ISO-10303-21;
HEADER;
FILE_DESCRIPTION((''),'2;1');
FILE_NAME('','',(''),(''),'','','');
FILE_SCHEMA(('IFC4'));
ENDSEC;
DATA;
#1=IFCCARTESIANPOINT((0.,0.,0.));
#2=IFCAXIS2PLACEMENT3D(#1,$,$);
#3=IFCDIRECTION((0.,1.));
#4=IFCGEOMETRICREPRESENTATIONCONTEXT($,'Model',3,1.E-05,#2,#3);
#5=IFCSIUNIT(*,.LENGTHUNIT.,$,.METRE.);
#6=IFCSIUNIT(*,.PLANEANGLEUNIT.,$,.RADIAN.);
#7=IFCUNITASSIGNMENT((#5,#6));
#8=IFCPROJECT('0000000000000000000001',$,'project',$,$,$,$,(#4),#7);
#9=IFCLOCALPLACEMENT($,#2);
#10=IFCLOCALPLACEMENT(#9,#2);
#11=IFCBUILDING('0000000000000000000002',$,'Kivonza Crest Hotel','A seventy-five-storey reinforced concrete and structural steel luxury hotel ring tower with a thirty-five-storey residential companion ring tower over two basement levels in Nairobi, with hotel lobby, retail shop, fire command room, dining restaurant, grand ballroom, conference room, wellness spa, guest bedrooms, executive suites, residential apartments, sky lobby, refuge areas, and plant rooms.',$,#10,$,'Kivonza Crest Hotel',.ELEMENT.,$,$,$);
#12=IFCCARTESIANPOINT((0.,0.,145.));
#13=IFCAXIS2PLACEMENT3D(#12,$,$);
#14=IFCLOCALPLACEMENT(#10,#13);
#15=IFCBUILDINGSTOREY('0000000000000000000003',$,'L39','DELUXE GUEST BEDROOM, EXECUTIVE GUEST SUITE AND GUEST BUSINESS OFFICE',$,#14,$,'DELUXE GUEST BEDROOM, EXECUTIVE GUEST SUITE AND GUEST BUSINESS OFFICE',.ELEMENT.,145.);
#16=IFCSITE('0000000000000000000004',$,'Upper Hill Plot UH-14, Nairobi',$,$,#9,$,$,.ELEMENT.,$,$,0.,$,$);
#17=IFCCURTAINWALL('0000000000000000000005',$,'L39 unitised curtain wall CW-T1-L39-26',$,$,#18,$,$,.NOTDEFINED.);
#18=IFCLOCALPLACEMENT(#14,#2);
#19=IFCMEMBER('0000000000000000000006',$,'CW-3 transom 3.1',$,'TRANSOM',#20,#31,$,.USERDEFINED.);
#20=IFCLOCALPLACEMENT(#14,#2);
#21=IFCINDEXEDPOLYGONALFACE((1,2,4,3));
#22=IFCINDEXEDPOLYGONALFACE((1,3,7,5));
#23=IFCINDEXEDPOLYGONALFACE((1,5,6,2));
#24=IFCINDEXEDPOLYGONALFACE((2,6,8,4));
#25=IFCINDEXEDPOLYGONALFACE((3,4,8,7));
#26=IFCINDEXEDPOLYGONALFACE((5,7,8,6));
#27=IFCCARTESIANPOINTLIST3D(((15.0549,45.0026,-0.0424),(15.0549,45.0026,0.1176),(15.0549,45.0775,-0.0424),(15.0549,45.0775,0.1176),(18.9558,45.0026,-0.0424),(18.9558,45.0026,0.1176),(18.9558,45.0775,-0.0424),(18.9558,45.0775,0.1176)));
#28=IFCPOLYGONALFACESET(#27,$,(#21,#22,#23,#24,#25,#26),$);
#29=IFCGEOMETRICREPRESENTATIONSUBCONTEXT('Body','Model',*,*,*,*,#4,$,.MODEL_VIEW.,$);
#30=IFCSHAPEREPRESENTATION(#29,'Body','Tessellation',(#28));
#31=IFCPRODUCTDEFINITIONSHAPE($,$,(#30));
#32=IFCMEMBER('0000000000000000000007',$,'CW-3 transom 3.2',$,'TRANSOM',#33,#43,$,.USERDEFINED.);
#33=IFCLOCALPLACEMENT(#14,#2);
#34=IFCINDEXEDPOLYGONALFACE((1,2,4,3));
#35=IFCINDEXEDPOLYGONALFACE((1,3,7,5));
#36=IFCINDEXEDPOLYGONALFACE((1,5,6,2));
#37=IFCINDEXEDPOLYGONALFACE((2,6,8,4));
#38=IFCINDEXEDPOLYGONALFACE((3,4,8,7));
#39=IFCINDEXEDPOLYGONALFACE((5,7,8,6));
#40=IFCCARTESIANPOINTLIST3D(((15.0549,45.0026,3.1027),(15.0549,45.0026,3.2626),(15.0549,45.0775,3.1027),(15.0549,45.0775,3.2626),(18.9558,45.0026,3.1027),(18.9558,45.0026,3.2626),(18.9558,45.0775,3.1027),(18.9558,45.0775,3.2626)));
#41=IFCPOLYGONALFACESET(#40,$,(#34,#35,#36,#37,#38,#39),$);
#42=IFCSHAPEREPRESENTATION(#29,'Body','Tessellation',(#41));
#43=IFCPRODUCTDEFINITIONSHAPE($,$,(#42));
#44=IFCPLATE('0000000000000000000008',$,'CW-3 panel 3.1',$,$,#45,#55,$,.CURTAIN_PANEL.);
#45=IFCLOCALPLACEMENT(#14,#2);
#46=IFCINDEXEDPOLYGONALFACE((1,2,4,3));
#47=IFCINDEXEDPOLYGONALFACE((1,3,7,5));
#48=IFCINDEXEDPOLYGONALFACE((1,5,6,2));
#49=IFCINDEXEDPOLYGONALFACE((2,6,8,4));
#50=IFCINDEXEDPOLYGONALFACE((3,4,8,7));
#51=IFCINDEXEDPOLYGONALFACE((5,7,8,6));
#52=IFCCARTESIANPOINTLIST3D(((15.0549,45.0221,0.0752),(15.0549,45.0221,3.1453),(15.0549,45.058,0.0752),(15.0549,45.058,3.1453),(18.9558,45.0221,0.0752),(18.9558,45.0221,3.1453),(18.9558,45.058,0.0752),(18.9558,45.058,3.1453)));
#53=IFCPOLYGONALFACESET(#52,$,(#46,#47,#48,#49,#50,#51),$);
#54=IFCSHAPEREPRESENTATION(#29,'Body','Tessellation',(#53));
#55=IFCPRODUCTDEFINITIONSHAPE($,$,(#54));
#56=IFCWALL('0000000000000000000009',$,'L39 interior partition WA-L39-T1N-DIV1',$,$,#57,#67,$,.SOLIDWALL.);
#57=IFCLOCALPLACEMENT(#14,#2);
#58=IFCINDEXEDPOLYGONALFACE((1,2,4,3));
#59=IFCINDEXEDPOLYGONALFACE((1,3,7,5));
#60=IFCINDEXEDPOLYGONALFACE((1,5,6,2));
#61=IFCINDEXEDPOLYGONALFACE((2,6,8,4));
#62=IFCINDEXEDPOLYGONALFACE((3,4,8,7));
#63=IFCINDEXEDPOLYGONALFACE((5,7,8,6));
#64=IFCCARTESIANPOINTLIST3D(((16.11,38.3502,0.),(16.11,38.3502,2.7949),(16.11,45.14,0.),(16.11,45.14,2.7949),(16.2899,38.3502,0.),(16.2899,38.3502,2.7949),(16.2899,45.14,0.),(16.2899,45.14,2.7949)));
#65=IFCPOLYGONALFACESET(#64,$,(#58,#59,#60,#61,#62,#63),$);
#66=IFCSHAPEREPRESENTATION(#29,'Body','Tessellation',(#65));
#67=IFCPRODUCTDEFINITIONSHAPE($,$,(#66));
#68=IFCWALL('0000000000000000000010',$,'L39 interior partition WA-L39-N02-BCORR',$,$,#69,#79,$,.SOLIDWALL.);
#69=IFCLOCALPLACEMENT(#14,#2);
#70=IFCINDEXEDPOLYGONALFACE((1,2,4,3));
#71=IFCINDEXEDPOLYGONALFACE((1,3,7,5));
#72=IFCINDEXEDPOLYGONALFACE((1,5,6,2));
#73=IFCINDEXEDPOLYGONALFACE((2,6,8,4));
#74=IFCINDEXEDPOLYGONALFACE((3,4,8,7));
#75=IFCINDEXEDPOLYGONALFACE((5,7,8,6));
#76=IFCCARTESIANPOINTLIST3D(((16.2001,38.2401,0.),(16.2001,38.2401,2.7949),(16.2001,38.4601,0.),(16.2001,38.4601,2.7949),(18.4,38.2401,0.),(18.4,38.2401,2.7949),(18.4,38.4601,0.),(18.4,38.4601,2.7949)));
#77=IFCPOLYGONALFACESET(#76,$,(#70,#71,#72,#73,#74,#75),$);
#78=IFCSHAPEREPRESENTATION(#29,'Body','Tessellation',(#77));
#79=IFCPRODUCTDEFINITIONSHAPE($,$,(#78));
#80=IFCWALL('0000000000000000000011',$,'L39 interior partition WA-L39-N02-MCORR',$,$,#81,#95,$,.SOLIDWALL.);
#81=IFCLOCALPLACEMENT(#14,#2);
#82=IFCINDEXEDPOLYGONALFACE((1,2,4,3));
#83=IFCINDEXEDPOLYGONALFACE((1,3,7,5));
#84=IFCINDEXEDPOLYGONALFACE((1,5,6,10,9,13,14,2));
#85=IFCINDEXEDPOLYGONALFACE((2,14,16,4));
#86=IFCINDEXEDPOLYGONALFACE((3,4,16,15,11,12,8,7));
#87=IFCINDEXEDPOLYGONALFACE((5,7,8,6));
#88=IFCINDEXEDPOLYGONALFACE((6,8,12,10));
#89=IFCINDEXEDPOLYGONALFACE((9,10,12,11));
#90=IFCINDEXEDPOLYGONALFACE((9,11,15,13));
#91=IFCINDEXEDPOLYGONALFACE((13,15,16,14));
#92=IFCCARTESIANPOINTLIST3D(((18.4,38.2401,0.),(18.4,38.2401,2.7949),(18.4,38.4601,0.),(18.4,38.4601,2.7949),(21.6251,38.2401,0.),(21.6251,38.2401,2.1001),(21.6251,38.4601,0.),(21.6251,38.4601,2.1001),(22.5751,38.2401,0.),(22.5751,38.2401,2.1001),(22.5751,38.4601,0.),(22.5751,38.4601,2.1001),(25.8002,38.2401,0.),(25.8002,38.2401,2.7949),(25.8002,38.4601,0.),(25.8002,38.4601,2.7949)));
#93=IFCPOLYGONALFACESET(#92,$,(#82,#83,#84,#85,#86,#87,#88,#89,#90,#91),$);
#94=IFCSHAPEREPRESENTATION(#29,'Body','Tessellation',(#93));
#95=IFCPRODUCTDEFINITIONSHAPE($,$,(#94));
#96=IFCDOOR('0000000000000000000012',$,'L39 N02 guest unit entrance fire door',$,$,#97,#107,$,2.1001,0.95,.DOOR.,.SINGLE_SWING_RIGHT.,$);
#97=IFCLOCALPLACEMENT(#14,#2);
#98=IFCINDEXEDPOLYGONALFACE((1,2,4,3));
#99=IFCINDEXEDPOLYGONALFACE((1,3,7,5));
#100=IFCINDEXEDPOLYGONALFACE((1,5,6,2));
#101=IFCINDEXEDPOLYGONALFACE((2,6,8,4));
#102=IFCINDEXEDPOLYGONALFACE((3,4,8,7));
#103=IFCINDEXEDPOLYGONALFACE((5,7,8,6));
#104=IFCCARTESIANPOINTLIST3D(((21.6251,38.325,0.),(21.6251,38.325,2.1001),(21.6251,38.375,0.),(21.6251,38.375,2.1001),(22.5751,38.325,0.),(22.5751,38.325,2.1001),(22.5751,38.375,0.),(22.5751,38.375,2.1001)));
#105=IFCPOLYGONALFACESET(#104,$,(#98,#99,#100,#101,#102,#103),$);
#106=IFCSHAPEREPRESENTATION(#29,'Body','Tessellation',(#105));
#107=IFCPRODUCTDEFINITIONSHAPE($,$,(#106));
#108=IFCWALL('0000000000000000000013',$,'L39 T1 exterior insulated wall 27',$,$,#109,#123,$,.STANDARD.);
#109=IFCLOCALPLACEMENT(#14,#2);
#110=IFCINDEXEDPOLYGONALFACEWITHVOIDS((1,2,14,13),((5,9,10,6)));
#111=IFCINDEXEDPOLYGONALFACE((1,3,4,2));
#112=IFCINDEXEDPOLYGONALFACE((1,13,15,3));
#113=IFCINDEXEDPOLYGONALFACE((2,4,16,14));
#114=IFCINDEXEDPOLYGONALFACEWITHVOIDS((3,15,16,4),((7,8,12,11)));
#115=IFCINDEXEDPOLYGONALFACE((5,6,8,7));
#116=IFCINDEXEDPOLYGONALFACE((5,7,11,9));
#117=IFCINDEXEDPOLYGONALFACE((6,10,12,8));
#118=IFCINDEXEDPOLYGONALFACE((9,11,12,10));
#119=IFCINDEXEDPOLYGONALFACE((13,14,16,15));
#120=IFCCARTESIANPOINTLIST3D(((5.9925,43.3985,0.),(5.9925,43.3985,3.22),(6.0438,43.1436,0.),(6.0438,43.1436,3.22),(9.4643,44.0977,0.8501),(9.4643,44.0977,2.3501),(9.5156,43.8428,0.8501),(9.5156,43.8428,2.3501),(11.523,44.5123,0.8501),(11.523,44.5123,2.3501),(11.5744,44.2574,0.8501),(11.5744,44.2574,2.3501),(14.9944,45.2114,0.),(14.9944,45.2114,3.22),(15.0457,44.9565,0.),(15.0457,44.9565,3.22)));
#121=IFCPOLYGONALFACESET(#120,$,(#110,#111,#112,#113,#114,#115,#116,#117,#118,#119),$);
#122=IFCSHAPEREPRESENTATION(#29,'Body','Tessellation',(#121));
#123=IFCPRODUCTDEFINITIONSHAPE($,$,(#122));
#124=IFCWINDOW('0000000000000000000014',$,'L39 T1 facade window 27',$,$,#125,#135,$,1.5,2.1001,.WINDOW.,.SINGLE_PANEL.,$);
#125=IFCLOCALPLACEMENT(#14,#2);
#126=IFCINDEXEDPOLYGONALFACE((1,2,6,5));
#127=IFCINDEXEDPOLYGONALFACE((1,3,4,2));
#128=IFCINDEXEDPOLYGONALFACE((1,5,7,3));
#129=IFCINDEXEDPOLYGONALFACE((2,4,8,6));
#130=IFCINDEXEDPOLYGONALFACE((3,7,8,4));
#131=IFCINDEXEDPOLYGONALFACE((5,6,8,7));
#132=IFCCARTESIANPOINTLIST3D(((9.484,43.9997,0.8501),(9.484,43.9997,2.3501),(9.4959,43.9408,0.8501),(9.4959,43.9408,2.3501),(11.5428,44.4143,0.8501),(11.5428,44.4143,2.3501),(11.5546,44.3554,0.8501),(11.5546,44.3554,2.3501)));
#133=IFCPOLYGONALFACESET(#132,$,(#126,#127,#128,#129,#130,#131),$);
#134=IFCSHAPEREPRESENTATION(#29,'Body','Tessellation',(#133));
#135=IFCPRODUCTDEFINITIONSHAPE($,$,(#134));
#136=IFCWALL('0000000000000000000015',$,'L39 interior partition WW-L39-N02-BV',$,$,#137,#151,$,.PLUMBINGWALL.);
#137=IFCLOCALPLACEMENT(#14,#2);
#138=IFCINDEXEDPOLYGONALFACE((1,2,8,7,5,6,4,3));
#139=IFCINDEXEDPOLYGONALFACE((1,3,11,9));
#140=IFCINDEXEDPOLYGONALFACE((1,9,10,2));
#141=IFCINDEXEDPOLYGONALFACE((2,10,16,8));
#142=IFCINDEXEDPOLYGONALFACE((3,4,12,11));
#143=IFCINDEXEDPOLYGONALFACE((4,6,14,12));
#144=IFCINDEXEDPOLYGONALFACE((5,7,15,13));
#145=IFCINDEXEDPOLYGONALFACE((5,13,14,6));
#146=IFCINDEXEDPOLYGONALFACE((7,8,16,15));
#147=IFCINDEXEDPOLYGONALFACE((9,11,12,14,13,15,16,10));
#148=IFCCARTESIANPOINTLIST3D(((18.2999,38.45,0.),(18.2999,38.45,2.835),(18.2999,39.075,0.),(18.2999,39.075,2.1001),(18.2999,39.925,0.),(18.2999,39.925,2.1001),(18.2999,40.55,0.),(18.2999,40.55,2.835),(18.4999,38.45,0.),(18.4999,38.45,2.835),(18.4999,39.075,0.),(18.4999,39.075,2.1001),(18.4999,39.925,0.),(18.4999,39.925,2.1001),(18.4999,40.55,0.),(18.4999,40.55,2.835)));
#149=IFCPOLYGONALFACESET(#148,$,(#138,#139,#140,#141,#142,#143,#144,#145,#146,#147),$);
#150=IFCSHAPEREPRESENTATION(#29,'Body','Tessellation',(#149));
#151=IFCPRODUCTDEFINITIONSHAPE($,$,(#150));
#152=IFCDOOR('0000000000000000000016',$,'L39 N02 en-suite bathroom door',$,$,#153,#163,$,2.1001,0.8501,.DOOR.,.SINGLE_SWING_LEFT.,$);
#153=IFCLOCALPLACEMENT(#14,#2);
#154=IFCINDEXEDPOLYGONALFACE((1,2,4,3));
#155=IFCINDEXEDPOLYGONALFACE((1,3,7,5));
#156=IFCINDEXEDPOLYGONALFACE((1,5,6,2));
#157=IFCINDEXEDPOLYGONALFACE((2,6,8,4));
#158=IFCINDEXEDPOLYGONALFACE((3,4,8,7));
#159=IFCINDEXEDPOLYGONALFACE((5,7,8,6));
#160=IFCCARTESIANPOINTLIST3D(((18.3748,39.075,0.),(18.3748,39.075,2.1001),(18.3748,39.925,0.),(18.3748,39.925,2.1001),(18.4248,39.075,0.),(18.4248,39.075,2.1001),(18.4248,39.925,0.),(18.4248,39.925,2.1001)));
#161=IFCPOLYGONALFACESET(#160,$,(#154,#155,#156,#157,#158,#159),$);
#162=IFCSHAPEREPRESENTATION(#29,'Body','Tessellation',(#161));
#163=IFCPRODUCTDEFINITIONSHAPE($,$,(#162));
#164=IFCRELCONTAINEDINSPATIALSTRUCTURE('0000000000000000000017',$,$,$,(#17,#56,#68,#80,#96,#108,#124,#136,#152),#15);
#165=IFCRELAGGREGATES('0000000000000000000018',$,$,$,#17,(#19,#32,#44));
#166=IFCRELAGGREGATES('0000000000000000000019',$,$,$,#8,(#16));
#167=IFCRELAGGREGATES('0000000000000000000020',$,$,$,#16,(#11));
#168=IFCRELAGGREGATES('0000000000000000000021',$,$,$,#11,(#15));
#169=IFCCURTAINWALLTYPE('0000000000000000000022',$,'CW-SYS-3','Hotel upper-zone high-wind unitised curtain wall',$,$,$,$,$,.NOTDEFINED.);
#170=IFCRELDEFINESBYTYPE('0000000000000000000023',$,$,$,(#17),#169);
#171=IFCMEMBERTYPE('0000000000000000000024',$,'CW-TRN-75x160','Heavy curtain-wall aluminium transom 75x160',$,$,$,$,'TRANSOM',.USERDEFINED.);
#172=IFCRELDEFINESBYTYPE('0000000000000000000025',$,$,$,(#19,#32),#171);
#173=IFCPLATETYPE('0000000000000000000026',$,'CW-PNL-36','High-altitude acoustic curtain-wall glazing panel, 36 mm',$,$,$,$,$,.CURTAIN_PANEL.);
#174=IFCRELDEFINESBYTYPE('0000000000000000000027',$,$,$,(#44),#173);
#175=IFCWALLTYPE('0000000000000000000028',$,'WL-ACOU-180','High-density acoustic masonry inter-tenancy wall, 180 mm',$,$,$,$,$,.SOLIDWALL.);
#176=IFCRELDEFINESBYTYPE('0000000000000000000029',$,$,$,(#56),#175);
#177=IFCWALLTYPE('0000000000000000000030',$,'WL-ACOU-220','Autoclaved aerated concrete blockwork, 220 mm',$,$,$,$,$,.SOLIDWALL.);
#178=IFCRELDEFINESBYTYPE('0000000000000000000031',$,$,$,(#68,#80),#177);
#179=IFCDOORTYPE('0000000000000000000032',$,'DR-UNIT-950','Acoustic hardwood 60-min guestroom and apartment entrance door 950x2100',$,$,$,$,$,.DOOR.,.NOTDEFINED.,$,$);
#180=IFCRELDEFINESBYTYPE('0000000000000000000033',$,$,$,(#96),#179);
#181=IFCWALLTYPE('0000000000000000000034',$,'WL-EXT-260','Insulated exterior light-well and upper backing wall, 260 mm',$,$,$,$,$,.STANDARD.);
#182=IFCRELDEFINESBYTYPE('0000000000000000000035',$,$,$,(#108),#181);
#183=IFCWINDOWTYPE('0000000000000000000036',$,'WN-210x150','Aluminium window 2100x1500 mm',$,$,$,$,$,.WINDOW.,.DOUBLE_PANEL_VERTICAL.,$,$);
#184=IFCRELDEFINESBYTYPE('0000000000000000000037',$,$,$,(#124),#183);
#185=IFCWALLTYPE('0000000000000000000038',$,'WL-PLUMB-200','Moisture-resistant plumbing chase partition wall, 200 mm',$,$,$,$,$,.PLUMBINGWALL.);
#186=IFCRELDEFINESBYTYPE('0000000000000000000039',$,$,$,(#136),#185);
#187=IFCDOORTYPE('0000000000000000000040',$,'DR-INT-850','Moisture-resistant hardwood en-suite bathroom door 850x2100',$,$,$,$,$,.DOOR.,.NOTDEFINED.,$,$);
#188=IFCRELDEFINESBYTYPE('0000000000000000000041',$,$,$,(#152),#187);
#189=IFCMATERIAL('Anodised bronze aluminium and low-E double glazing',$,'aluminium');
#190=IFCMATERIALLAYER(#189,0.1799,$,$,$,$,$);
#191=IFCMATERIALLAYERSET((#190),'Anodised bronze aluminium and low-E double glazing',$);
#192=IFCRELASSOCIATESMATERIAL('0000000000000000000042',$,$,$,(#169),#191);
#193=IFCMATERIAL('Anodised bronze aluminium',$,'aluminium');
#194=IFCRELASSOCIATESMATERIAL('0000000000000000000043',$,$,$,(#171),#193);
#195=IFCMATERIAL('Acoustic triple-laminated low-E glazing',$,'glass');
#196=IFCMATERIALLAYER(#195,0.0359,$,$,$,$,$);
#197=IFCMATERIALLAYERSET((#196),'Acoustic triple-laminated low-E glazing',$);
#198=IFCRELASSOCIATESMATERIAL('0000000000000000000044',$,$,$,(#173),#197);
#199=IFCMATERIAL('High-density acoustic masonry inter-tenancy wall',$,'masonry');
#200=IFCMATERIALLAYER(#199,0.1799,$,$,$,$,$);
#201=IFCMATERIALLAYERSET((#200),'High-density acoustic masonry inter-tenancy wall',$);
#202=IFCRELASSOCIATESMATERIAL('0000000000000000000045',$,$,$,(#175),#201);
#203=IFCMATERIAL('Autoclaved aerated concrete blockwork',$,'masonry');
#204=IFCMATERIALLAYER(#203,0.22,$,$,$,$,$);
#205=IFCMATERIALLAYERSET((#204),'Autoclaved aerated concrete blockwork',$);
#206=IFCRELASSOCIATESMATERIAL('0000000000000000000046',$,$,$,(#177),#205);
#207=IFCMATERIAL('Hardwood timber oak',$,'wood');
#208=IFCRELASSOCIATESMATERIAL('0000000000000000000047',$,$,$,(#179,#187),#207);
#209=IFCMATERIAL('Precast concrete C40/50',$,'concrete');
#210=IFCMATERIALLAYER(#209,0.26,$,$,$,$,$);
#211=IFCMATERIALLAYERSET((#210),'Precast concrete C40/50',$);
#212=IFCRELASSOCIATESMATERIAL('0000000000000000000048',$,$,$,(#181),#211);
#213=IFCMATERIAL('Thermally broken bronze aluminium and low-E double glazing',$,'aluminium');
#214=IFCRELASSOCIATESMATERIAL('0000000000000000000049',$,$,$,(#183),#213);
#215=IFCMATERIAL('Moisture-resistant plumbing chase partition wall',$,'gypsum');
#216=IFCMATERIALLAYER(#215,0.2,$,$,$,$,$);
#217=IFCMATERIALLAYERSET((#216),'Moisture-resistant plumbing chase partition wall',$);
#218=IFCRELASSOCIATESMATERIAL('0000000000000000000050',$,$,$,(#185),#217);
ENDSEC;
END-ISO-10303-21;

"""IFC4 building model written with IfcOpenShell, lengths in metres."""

from ifc_helpers import new_model, si_unit, direction, frame, frame_2d, origin, origin_2d, place, context, subcontext, project, spatial, rectangle, extrude, material, layer, layer_set, material_profile, profile_set, type_object, element, fill, aggregate, save


model = new_model("IFC4")

# Units and contexts
model_context = context("Model", 3, precision=1e-05, world=origin(), true_north=direction((0.0, 1.0)))
body_context = subcontext(model_context, "Body", "Model", "MODEL_VIEW")
ifc_project = project(units=[si_unit("LENGTHUNIT", "METRE"), si_unit("PLANEANGLEUNIT", "RADIAN")], contexts=[model_context])

# Site, building, storey
site_placement = place(None, origin())
site = spatial("IfcSite", under=ifc_project, at=site_placement, Name="Upper Hill Plot UH-14, Nairobi", CompositionType="ELEMENT", RefElevation=0.0)
building_placement = place(site_placement, origin())
building = spatial("IfcBuilding", under=site, at=building_placement, Name="Kivonza Crest Hotel", Description="A seventy-five-storey reinforced concrete and structural steel luxury hotel ring tower with a thirty-five-storey residential companion ring tower over two basement levels in Nairobi, with hotel lobby, retail shop, fire command room, dining restaurant, grand ballroom, conference room, wellness spa, guest bedrooms, executive suites, residential apartments, sky lobby, refuge areas, and plant rooms.", LongName="Kivonza Crest Hotel", CompositionType="ELEMENT")
storey_placement = place(building_placement, frame((0.0, 0.0, 145.0)))
storey = spatial("IfcBuildingStorey", under=building, at=storey_placement, Name="L39", Description="DELUXE GUEST BEDROOM, EXECUTIVE GUEST SUITE AND GUEST BUSINESS OFFICE", LongName="DELUXE GUEST BEDROOM, EXECUTIVE GUEST SUITE AND GUEST BUSINESS OFFICE", CompositionType="ELEMENT", Elevation=145.0)

# Curtain wall, members, plate
ifc_material_1 = material(Name="Anodised bronze aluminium and low-E double glazing", Category="aluminium")
ifc_layer_1 = layer(ifc_material_1, 0.1799)
ifc_layer_set_1 = layer_set([ifc_layer_1], Name="Anodised bronze aluminium and low-E double glazing")
curtain_wall_type = type_object("IfcCurtainWallType", Name="CW-SYS-3", Description="Hotel upper-zone high-wind unitised curtain wall", PredefinedType="NOTDEFINED", material=ifc_layer_set_1)
curtain_wall_placement = place(storey_placement, origin())
curtain_wall = element("IfcCurtainWall", 1, at=curtain_wall_placement, inside=storey, type_object=curtain_wall_type, Name="L39 unitised curtain wall CW-T1-L39-26", PredefinedType="NOTDEFINED")
ifc_material_2 = material(Name="Anodised bronze aluminium", Category="aluminium")
ifc_material_profile_1 = material_profile(ifc_material_2, rectangle(XDim=0.075, YDim=0.1599, at=origin_2d()), Name="CW-T 75x160")
ifc_profile_set_1 = profile_set([ifc_material_profile_1], Name="Anodised bronze aluminium")
member_type_1 = type_object("IfcMemberType", Name="CW-TRN-75x160", Description="Heavy curtain-wall aluminium transom 75x160", ElementType="TRANSOM", PredefinedType="USERDEFINED", material=ifc_profile_set_1)
member_1_placement = place(storey_placement, frame((18.9558, 45.04, 0.0376), z_axis=(-1.0, 0.0, 0.0), x_axis=(0.0, -1.0, 0.0)))
member_1 = element("IfcMember", 2, at=member_1_placement, type_object=member_type_1, Name="CW-3 transom 3.1", ObjectType="TRANSOM", PredefinedType="USERDEFINED", context=body_context, shape_type="SweptSolid", body=[
    extrude(rectangle(XDim=0.075, YDim=0.1599, at=origin_2d()), origin(), (0.0, 0.0, 1.0), 3.9009),
])
member_2_placement = place(storey_placement, frame((18.9558, 45.04, 3.1826), z_axis=(-1.0, 0.0, 0.0), x_axis=(0.0, -1.0, 0.0)))
member_2 = element("IfcMember", 3, at=member_2_placement, type_object=member_type_1, Name="CW-3 transom 3.2", ObjectType="TRANSOM", PredefinedType="USERDEFINED", context=body_context, shape_type="SweptSolid", body=[
    extrude(rectangle(XDim=0.075, YDim=0.1599, at=origin_2d()), origin(), (0.0, 0.0, 1.0), 3.9009),
])
ifc_material_3 = material(Name="Acoustic triple-laminated low-E glazing", Category="glass")
ifc_layer_2 = layer(ifc_material_3, 0.0359)
ifc_layer_set_2 = layer_set([ifc_layer_2], Name="Acoustic triple-laminated low-E glazing")
plate_type = type_object("IfcPlateType", Name="CW-PNL-36", Description="High-altitude acoustic curtain-wall glazing panel, 36 mm", PredefinedType="CURTAIN_PANEL", material=ifc_layer_set_2)
plate_placement = place(storey_placement, frame((17.0054, 45.04, 0.0752), z_axis=(0.0, 0.0, 1.0), x_axis=(-1.0, 0.0, 0.0)))
plate = element("IfcPlate", 4, at=plate_placement, type_object=plate_type, Name="CW-3 panel 3.1", PredefinedType="CURTAIN_PANEL", context=body_context, shape_type="SweptSolid", body=[
    extrude(rectangle(XDim=3.9009, YDim=0.0359, at=origin_2d()), origin(), (0.0, 0.0, 1.0), 3.0701),
])
aggregate(curtain_wall, [member_1, member_2, plate])

# Walls
ifc_material_4 = material(Name="High-density acoustic masonry inter-tenancy wall", Category="masonry")
ifc_layer_3 = layer(ifc_material_4, 0.1799)
ifc_layer_set_3 = layer_set([ifc_layer_3], Name="High-density acoustic masonry inter-tenancy wall")
wall_type_1 = type_object("IfcWallType", Name="WL-ACOU-180", Description="High-density acoustic masonry inter-tenancy wall, 180 mm", PredefinedType="SOLIDWALL", material=ifc_layer_set_3)
wall_1_placement = place(storey_placement, frame((16.2, 38.3501, 0.0), z_axis=(0.0, 0.0, 1.0), x_axis=(0.0, 1.0, 0.0)))
element("IfcWall", 5, at=wall_1_placement, inside=storey, type_object=wall_type_1, Name="L39 interior partition WA-L39-T1N-DIV1", PredefinedType="SOLIDWALL", context=body_context, shape_type="SweptSolid", body=[
    extrude(rectangle(XDim=6.7898, YDim=0.1799, at=frame_2d((3.395, 0.0))), origin(), (0.0, 0.0, 1.0), 2.7949),
])
ifc_material_5 = material(Name="Autoclaved aerated concrete blockwork", Category="masonry")
ifc_layer_4 = layer(ifc_material_5, 0.22)
ifc_layer_set_4 = layer_set([ifc_layer_4], Name="Autoclaved aerated concrete blockwork")
wall_type_2 = type_object("IfcWallType", Name="WL-ACOU-220", Description="Autoclaved aerated concrete blockwork, 220 mm", PredefinedType="SOLIDWALL", material=ifc_layer_set_4)
wall_2_placement = place(storey_placement, frame((16.2, 38.3501, 0.0), z_axis=(0.0, 0.0, 1.0), x_axis=(1.0, 0.0, 0.0)))
element("IfcWall", 6, at=wall_2_placement, inside=storey, type_object=wall_type_2, Name="L39 interior partition WA-L39-N02-BCORR", PredefinedType="SOLIDWALL", context=body_context, shape_type="SweptSolid", body=[
    extrude(rectangle(XDim=2.2, YDim=0.22, at=frame_2d((1.1001, 0.0))), origin(), (0.0, 0.0, 1.0), 2.7949),
])

# Wall, opening, door
wall_3_placement = place(storey_placement, frame((18.3999, 38.3501, 0.0), z_axis=(0.0, 0.0, 1.0), x_axis=(1.0, 0.0, 0.0)))
wall_3 = element("IfcWall", 7, at=wall_3_placement, inside=storey, type_object=wall_type_2, Name="L39 interior partition WA-L39-N02-MCORR", PredefinedType="SOLIDWALL", context=body_context, shape_type="SweptSolid", body=[
    extrude(rectangle(XDim=7.4001, YDim=0.22, at=frame_2d((3.7002, 0.0))), origin(), (0.0, 0.0, 1.0), 2.7949),
])
opening_1_placement = place(wall_3_placement, frame((3.2251, 0.0, 0.0)))
opening_1 = element("IfcOpeningElement", 8, at=opening_1_placement, cuts=wall_3, PredefinedType="OPENING", context=body_context, shape_type="SweptSolid", body=[
    extrude(rectangle(XDim=0.95, YDim=2.1001, at=frame_2d((0.4751, 1.05))), frame((0.0, 0.1201, 0.0), z_axis=(0.0, -1.0, 0.0), x_axis=(1.0, 0.0, 0.0)), (0.0, 0.0, 1.0), 0.24),
])
ifc_material_6 = material(Name="Hardwood timber oak", Category="wood")
door_type_1 = type_object("IfcDoorType", Name="DR-UNIT-950", Description="Acoustic hardwood 60-min guestroom and apartment entrance door 950x2100", OperationType="NOTDEFINED", PredefinedType="DOOR", material=ifc_material_6)
door_1_placement = place(opening_1_placement, origin())
door_1 = element("IfcDoor", 9, at=door_1_placement, inside=storey, type_object=door_type_1, Name="L39 N02 guest unit entrance fire door", OperationType="SINGLE_SWING_RIGHT", OverallHeight=2.1001, OverallWidth=0.95, PredefinedType="DOOR", context=body_context, shape_type="SweptSolid", body=[
    extrude(rectangle(XDim=0.95, YDim=2.1001, at=frame_2d((0.4751, 1.05))), frame((0.0, 0.0249, 0.0), z_axis=(0.0, -1.0, 0.0), x_axis=(1.0, 0.0, 0.0)), (0.0, 0.0, 1.0), 0.05),
])
fill(opening_1, door_1)

# Wall, opening, window
ifc_material_7 = material(Name="Precast concrete C40/50", Category="concrete")
ifc_layer_5 = layer(ifc_material_7, 0.26)
ifc_layer_set_5 = layer_set([ifc_layer_5], Name="Precast concrete C40/50")
wall_type_3 = type_object("IfcWallType", Name="WL-EXT-260", Description="Insulated exterior light-well and upper backing wall, 260 mm", PredefinedType="STANDARD", material=ifc_layer_set_5)
wall_4_placement = place(storey_placement, frame((15.02, 45.084, 0.0), z_axis=(0.0, 0.0, 1.0), x_axis=(-0.980316, -0.197435, 0.0)))
wall_4 = element("IfcWall", 10, at=wall_4_placement, inside=storey, type_object=wall_type_3, Name="L39 T1 exterior insulated wall 27", PredefinedType="STANDARD", context=body_context, shape_type="SweptSolid", body=[
    extrude(rectangle(XDim=9.1826, YDim=0.26, at=frame_2d((4.5913, 0.0))), origin(), (0.0, 0.0, 1.0), 3.22),
])
opening_2_placement = place(wall_4_placement, frame((3.541, 0.0, 0.8501)))
opening_2 = element("IfcOpeningElement", 11, at=opening_2_placement, cuts=wall_4, PredefinedType="OPENING", context=body_context, shape_type="SweptSolid", body=[
    extrude(rectangle(XDim=2.1001, YDim=1.5, at=frame_2d((1.05, 0.75))), frame((0.0, 0.1401, 0.0), z_axis=(0.0, -1.0, 0.0), x_axis=(1.0, 0.0, 0.0)), (0.0, 0.0, 1.0), 0.28),
])
ifc_material_8 = material(Name="Thermally broken bronze aluminium and low-E double glazing", Category="aluminium")
window_type = type_object("IfcWindowType", Name="WN-210x150", Description="Aluminium window 2100x1500 mm", PartitioningType="DOUBLE_PANEL_VERTICAL", PredefinedType="WINDOW", material=ifc_material_8)
window_placement = place(opening_2_placement, origin())
window = element("IfcWindow", 12, at=window_placement, inside=storey, type_object=window_type, Name="L39 T1 facade window 27", OverallHeight=1.5, OverallWidth=2.1001, PartitioningType="SINGLE_PANEL", PredefinedType="WINDOW", context=body_context, shape_type="SweptSolid", body=[
    extrude(rectangle(XDim=2.1001, YDim=1.5, at=frame_2d((1.05, 0.75))), frame((0.0, 0.03, 0.0), z_axis=(0.0, -1.0, 0.0), x_axis=(1.0, 0.0, 0.0)), (0.0, 0.0, 1.0), 0.0601),
])
fill(opening_2, window)

# Wall, opening, door
ifc_material_9 = material(Name="Moisture-resistant plumbing chase partition wall", Category="gypsum")
ifc_layer_6 = layer(ifc_material_9, 0.2)
ifc_layer_set_6 = layer_set([ifc_layer_6], Name="Moisture-resistant plumbing chase partition wall")
wall_type_4 = type_object("IfcWallType", Name="WL-PLUMB-200", Description="Moisture-resistant plumbing chase partition wall, 200 mm", PredefinedType="PLUMBINGWALL", material=ifc_layer_set_6)
wall_5_placement = place(storey_placement, frame((18.3999, 38.45, 0.0), z_axis=(0.0, 0.0, 1.0), x_axis=(0.0, 1.0, 0.0)))
wall_5 = element("IfcWall", 13, at=wall_5_placement, inside=storey, type_object=wall_type_4, Name="L39 interior partition WW-L39-N02-BV", PredefinedType="PLUMBINGWALL", context=body_context, shape_type="SweptSolid", body=[
    extrude(rectangle(XDim=2.1001, YDim=0.2, at=frame_2d((1.05, 0.0))), origin(), (0.0, 0.0, 1.0), 2.835),
])
opening_3_placement = place(wall_5_placement, frame((0.625, 0.0, 0.0)))
opening_3 = element("IfcOpeningElement", 14, at=opening_3_placement, cuts=wall_5, PredefinedType="OPENING", context=body_context, shape_type="SweptSolid", body=[
    extrude(rectangle(XDim=0.8501, YDim=2.1001, at=frame_2d((0.425, 1.05))), frame((0.0, 0.1099, 0.0), z_axis=(0.0, -1.0, 0.0), x_axis=(1.0, 0.0, 0.0)), (0.0, 0.0, 1.0), 0.22),
])
door_type_2 = type_object("IfcDoorType", Name="DR-INT-850", Description="Moisture-resistant hardwood en-suite bathroom door 850x2100", OperationType="NOTDEFINED", PredefinedType="DOOR", material=ifc_material_6)
door_2_placement = place(opening_3_placement, frame((0.8501, 0.0, 0.0), z_axis=(0.0, 0.0, 1.0), x_axis=(-1.0, 0.0, 0.0)))
door_2 = element("IfcDoor", 15, at=door_2_placement, inside=storey, type_object=door_type_2, Name="L39 N02 en-suite bathroom door", OperationType="SINGLE_SWING_LEFT", OverallHeight=2.1001, OverallWidth=0.8501, PredefinedType="DOOR", context=body_context, shape_type="SweptSolid", body=[
    extrude(rectangle(XDim=0.8501, YDim=2.1001, at=frame_2d((0.425, 1.05))), frame((0.0, 0.0249, 0.0), z_axis=(0.0, -1.0, 0.0), x_axis=(1.0, 0.0, 0.0)), (0.0, 0.0, 1.0), 0.05),
])
fill(opening_3, door_2)

save(model, "model.ifc")
